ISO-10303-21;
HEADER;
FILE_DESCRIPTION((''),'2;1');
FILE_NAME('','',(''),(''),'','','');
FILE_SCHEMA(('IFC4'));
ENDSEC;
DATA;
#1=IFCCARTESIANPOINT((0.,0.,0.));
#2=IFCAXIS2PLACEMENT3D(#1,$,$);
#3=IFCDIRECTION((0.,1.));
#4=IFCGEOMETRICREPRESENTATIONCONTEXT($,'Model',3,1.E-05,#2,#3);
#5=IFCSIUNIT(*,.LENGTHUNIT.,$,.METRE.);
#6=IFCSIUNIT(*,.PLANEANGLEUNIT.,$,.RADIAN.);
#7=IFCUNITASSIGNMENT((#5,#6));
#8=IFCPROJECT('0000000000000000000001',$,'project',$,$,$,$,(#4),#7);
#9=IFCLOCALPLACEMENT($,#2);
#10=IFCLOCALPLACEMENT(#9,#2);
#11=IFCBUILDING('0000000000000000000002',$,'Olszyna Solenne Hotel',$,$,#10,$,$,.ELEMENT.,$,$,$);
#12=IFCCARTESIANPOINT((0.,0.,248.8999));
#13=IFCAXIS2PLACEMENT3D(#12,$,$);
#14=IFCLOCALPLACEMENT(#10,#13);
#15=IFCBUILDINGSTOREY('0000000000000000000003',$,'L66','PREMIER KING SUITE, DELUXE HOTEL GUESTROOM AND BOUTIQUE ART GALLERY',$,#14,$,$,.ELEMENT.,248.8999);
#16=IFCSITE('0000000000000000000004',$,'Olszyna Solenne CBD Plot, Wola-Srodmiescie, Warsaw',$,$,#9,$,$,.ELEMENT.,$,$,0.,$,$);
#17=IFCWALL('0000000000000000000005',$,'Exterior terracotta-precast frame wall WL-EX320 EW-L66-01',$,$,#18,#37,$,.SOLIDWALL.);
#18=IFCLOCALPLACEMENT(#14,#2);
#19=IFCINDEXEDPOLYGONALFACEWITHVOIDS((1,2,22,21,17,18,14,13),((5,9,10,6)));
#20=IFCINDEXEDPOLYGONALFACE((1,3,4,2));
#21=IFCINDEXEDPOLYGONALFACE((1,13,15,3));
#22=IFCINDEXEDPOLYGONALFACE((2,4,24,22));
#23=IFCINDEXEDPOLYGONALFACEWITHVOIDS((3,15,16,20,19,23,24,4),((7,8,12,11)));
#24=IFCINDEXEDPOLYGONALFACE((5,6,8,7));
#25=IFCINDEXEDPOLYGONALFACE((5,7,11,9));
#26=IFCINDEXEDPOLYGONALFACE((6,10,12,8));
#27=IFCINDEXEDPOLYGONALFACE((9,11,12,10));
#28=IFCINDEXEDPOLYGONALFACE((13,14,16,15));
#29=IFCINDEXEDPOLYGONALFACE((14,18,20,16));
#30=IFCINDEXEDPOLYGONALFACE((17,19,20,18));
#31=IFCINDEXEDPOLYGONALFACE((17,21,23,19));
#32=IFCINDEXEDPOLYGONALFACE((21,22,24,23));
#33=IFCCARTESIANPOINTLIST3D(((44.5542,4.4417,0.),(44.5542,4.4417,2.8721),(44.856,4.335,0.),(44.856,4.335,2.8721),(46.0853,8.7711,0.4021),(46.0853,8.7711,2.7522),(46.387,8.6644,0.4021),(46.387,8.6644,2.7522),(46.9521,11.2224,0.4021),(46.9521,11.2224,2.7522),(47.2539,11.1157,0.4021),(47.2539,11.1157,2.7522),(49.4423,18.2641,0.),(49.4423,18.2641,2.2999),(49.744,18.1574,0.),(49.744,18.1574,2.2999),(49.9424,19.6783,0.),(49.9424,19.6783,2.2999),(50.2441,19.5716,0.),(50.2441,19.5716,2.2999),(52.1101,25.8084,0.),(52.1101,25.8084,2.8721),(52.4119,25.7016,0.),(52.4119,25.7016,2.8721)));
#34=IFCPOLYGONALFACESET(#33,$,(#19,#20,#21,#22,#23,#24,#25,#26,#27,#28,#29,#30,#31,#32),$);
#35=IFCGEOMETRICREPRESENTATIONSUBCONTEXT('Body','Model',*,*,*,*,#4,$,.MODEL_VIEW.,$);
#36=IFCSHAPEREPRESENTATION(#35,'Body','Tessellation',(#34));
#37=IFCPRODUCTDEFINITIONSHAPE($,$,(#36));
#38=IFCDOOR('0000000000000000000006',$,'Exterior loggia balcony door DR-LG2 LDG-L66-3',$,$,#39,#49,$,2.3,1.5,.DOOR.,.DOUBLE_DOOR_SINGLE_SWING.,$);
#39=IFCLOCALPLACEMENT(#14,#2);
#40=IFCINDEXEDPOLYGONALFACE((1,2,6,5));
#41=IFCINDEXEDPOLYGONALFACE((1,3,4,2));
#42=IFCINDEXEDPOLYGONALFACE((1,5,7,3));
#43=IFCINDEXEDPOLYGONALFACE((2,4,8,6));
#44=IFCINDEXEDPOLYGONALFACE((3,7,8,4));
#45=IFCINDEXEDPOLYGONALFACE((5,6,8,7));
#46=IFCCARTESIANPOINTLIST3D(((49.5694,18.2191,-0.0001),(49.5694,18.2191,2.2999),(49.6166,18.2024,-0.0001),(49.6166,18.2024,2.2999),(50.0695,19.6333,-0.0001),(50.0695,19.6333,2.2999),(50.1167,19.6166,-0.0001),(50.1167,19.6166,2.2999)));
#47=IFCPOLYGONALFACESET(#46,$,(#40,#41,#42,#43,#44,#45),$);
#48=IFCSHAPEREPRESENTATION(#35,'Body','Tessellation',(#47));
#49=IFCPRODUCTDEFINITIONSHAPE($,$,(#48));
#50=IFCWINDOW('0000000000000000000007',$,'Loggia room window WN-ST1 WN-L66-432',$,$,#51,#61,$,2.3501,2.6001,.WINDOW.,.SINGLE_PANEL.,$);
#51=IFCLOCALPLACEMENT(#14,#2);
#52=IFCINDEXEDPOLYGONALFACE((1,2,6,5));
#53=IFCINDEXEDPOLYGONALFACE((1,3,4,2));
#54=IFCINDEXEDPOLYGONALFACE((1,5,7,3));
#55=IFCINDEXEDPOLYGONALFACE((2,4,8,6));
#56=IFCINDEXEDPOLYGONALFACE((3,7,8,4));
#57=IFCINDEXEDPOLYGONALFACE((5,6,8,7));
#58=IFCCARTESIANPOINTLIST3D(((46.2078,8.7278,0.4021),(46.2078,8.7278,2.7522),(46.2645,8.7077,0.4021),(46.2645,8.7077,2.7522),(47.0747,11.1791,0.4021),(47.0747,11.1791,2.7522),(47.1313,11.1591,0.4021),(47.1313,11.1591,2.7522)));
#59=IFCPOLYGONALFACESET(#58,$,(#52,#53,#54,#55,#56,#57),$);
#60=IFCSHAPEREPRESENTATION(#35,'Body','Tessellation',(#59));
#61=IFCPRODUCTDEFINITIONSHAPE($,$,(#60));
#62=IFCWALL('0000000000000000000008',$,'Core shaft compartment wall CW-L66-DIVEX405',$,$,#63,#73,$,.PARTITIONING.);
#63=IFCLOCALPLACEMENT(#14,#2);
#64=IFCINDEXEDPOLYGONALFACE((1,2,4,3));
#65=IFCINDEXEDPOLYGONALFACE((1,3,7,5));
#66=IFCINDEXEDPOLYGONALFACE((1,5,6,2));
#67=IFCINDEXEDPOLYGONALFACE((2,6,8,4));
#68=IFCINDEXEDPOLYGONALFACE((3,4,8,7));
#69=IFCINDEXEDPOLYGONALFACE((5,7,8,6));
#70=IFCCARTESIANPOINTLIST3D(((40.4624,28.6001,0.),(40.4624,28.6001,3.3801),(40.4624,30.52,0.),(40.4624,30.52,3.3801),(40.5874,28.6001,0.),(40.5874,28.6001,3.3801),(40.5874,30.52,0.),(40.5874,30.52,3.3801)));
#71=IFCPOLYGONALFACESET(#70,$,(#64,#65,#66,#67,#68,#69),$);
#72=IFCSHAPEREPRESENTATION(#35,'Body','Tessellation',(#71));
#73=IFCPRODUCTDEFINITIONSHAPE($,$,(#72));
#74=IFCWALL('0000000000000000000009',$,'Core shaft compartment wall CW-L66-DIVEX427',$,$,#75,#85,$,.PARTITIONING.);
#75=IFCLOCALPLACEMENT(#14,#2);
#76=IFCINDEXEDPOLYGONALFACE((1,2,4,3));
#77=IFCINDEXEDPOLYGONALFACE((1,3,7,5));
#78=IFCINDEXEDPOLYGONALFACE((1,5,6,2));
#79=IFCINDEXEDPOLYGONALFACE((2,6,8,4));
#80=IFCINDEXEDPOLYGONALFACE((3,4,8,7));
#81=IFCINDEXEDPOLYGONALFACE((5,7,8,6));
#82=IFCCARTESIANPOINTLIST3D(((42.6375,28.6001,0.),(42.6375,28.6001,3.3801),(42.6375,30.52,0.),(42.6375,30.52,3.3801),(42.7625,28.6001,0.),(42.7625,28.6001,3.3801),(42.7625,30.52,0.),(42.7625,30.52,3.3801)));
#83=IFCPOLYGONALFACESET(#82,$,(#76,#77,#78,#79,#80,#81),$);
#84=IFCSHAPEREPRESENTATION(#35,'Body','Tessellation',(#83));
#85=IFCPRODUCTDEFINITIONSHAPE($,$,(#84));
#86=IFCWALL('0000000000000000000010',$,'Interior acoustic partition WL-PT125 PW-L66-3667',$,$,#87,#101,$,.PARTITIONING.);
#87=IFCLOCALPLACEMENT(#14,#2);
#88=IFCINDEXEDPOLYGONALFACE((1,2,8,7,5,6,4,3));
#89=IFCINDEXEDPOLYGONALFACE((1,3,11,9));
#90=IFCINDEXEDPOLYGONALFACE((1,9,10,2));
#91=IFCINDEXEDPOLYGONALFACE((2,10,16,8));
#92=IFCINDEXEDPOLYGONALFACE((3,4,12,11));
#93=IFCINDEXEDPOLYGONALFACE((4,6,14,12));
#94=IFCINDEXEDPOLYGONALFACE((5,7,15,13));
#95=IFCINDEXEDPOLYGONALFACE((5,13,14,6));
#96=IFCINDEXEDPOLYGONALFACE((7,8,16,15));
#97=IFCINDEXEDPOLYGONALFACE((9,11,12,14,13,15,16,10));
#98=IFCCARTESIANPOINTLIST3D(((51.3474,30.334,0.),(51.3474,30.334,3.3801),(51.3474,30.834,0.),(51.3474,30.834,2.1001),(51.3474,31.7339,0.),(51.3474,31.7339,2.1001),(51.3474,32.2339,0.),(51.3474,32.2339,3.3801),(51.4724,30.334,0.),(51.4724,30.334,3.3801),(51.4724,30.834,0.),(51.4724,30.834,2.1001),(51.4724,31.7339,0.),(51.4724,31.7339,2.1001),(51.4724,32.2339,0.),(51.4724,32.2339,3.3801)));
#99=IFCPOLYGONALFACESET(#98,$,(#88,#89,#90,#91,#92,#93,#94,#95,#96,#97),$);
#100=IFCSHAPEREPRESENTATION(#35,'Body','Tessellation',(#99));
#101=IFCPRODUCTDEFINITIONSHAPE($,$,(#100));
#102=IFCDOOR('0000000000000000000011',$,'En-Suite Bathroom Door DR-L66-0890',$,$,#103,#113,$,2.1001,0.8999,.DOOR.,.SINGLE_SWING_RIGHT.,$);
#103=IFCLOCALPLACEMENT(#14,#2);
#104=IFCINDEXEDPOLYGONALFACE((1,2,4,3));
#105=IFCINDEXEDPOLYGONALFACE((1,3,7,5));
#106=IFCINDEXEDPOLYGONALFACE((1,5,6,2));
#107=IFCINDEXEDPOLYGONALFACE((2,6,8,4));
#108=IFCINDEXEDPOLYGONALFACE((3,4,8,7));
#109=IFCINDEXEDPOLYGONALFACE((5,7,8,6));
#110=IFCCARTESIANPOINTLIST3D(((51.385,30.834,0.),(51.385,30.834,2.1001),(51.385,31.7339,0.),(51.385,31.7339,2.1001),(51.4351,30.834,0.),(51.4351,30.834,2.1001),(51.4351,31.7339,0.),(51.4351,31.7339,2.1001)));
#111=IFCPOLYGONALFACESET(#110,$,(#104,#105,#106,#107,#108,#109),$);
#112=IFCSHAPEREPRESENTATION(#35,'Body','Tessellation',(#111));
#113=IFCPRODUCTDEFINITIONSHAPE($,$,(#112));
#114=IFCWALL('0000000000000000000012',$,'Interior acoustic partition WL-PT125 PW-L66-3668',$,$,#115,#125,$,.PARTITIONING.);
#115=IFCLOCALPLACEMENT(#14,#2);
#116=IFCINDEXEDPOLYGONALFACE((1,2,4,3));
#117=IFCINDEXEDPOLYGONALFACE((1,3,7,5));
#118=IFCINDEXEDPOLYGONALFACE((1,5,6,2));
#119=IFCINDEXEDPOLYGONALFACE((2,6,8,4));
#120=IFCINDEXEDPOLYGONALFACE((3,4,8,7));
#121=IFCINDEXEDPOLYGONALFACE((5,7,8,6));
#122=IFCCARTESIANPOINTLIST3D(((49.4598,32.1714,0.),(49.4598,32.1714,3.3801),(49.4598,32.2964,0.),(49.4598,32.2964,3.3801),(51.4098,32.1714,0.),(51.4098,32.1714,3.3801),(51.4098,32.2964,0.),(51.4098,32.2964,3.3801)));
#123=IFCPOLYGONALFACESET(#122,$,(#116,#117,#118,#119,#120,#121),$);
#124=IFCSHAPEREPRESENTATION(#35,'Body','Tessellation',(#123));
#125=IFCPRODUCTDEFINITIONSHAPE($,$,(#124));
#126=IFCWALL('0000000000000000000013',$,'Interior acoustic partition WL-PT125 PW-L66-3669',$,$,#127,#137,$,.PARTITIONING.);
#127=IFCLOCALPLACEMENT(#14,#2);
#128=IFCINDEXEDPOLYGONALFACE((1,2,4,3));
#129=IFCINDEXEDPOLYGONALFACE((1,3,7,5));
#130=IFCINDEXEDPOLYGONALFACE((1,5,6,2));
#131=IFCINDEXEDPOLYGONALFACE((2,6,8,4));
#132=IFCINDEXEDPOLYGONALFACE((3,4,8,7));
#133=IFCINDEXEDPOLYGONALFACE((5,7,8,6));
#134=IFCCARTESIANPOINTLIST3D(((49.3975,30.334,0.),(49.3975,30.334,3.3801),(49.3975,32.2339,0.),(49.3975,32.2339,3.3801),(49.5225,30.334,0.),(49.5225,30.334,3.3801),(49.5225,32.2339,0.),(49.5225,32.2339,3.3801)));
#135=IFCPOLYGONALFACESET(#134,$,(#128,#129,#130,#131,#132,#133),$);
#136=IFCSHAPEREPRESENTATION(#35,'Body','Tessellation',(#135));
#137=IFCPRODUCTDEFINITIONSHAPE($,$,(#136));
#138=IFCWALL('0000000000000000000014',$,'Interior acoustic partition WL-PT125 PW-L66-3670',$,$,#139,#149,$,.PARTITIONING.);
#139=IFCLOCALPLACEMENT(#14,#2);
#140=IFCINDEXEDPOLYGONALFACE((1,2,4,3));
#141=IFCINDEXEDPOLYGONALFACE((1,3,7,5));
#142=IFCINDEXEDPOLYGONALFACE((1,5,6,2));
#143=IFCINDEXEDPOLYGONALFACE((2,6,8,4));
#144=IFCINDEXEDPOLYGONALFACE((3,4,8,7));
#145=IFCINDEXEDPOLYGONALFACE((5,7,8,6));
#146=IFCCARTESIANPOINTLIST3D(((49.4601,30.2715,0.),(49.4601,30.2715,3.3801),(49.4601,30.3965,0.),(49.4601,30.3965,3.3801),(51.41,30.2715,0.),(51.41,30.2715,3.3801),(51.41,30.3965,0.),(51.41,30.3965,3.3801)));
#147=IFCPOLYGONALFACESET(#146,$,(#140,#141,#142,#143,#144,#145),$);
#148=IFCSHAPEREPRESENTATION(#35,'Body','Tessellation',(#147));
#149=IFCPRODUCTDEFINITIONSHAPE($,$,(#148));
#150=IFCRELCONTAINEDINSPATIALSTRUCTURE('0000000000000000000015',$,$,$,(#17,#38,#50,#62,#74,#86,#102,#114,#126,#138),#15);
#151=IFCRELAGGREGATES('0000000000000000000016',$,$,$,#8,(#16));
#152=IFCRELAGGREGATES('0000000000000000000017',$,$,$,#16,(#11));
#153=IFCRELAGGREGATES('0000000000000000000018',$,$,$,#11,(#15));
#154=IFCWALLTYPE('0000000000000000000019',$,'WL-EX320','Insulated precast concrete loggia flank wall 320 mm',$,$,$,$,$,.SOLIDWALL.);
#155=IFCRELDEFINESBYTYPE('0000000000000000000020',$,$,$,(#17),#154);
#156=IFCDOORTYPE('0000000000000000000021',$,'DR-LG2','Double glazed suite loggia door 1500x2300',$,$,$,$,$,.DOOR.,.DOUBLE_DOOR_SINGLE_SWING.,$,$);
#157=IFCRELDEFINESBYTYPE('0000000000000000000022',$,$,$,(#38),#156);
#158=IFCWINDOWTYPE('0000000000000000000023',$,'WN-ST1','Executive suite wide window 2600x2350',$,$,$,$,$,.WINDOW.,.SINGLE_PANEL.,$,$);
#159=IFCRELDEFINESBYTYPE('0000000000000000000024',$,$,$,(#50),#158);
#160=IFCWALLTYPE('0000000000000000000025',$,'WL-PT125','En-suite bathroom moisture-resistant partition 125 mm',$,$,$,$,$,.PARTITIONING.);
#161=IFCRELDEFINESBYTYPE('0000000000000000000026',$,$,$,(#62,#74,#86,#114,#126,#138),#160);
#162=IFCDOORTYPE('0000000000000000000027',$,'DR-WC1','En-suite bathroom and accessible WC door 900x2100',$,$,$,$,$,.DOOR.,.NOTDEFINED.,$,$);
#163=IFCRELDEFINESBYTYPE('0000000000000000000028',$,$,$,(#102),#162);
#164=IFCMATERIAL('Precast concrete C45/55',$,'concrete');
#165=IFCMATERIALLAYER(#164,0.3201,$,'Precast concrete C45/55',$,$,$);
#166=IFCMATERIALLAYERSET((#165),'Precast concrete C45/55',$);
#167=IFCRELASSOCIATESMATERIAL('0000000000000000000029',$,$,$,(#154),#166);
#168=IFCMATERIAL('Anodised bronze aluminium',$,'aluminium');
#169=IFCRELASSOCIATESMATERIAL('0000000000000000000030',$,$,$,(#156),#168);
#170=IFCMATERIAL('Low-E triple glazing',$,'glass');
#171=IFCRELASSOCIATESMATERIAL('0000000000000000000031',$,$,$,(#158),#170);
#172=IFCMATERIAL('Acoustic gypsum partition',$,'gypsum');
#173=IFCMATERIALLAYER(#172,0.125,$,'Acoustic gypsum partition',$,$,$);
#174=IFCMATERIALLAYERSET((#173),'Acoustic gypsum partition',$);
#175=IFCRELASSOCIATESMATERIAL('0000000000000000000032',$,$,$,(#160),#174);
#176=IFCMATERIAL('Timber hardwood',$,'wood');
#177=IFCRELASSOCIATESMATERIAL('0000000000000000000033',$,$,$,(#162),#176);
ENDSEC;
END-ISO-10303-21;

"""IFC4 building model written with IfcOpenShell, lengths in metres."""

from ifc_helpers import new_model, si_unit, direction, frame, frame_2d, origin, place, context, subcontext, project, spatial, rectangle, extrude, source, transform, mapped, material, layer, layer_set, type_object, type_shapes, element, fill, save


model = new_model("IFC4")

# Units and contexts
model_context = context("Model", 3, precision=1e-05, world=origin(), true_north=direction((0.0, 1.0)))
body_context = subcontext(model_context, "Body", "Model", "MODEL_VIEW")
ifc_project = project(units=[si_unit("LENGTHUNIT", "METRE"), si_unit("PLANEANGLEUNIT", "RADIAN")], contexts=[model_context])

# Site, building, storey
site_placement = place(None, origin())
site = spatial("IfcSite", under=ifc_project, at=site_placement, Name="Olszyna Solenne CBD Plot, Wola-Srodmiescie, Warsaw", CompositionType="ELEMENT", RefElevation=0.0)
building_placement = place(site_placement, origin())
building = spatial("IfcBuilding", under=site, at=building_placement, Name="Olszyna Solenne Hotel", CompositionType="ELEMENT")
storey_placement = place(building_placement, frame((0.0, 0.0, 248.8999)))
storey = spatial("IfcBuildingStorey", under=building, at=storey_placement, Name="L66", Description="PREMIER KING SUITE, DELUXE HOTEL GUESTROOM AND BOUTIQUE ART GALLERY", CompositionType="ELEMENT", Elevation=248.8999)

# Shared definitions
ifc_material_1 = material(Name="Timber hardwood", Category="wood")

# Wall, openings, door, window
ifc_material_2 = material(Name="Precast concrete C45/55", Category="concrete")
ifc_layer_1 = layer(ifc_material_2, 0.3201, Name="Precast concrete C45/55")
ifc_layer_set_1 = layer_set([ifc_layer_1], Name="Precast concrete C45/55")
wall_type_1 = type_object("IfcWallType", Name="WL-EX320", Description="Insulated precast concrete loggia flank wall 320 mm", PredefinedType="SOLIDWALL", material=ifc_layer_set_1)
wall_1_placement = place(storey_placement, frame((52.261, 25.7549, 0.0), z_axis=(0.0, 0.0, 1.0), x_axis=(-0.333398, -0.942786, 0.0)))
wall_1 = element("IfcWall", 1, at=wall_1_placement, inside=storey, type_object=wall_type_1, Name="Exterior terracotta-precast frame wall WL-EX320 EW-L66-01", PredefinedType="SOLIDWALL", context=body_context, shape_type="SweptSolid", body=[
    extrude(rectangle(XDim=22.6633, YDim=0.3201, at=frame_2d((11.3315, 0.0))), origin(), (0.0, 0.0, 1.0), 2.8721),
])
opening_1_placement = place(wall_1_placement, frame((6.502, 0.0, 0.0)))
opening_1 = element("IfcOpeningElement", 2, at=opening_1_placement, cuts=wall_1, PredefinedType="OPENING", context=body_context, shape_type="SweptSolid", body=[
    extrude(rectangle(XDim=1.5, YDim=2.3, at=frame_2d((0.75, 1.1499))), frame((0.0, 0.1699, 0.0), z_axis=(0.0, -1.0, 0.0), x_axis=(1.0, 0.0, 0.0)), (0.0, 0.0, 1.0), 0.3401),
])
opening_2_placement = place(wall_1_placement, frame((15.4709, 0.0, 0.4021)))
opening_2 = element("IfcOpeningElement", 3, at=opening_2_placement, cuts=wall_1, PredefinedType="OPENING", context=body_context, shape_type="SweptSolid", body=[
    extrude(rectangle(XDim=2.6001, YDim=2.3501, at=frame_2d((1.3, 1.175))), frame((0.0, 0.1699, 0.0), z_axis=(0.0, -1.0, 0.0), x_axis=(1.0, 0.0, 0.0)), (0.0, 0.0, 1.0), 0.3401),
])
ifc_material_3 = material(Name="Anodised bronze aluminium", Category="aluminium")
door_type_1 = type_object("IfcDoorType", Name="DR-LG2", Description="Double glazed suite loggia door 1500x2300", OperationType="DOUBLE_DOOR_SINGLE_SWING", PredefinedType="DOOR", material=ifc_material_3)
shared_shape_1 = source(origin(), body_context, "Body", "SweptSolid", [
    extrude(rectangle(XDim=1.5, YDim=2.3, at=frame_2d((0.75, 1.1499))), frame((0.0, 0.0249, 0.0), z_axis=(0.0, -1.0, 0.0), x_axis=(1.0, 0.0, 0.0)), (0.0, 0.0, 1.0), 0.05),
])
type_shapes(door_type_1, [shared_shape_1])
door_1_placement = place(opening_1_placement, origin())
door_1 = element("IfcDoor", 4, at=door_1_placement, inside=storey, type_object=door_type_1, Name="Exterior loggia balcony door DR-LG2 LDG-L66-3", OperationType="DOUBLE_DOOR_SINGLE_SWING", OverallHeight=2.3, OverallWidth=1.5, PredefinedType="DOOR", context=body_context, shape_type="MappedRepresentation", body=[
    mapped(shared_shape_1, transform((0.0, 0.0, 0.0), x_axis=(1.0, 0.0, 0.0), y_axis=(0.0, 1.0, 0.0), z_axis=(0.0, 0.0, 1.0), scale=1.0)),
])
fill(opening_1, door_1)
ifc_material_4 = material(Name="Low-E triple glazing", Category="glass")
window_type = type_object("IfcWindowType", Name="WN-ST1", Description="Executive suite wide window 2600x2350", PartitioningType="SINGLE_PANEL", PredefinedType="WINDOW", material=ifc_material_4)
shared_shape_2 = source(origin(), body_context, "Body", "SweptSolid", [
    extrude(rectangle(XDim=2.6001, YDim=2.3501, at=frame_2d((1.3, 1.175))), frame((0.0, 0.03, 0.0), z_axis=(0.0, -1.0, 0.0), x_axis=(1.0, 0.0, 0.0)), (0.0, 0.0, 1.0), 0.0601),
])
type_shapes(window_type, [shared_shape_2])
window_placement = place(opening_2_placement, origin())
window = element("IfcWindow", 5, at=window_placement, inside=storey, type_object=window_type, Name="Loggia room window WN-ST1 WN-L66-432", OverallHeight=2.3501, OverallWidth=2.6001, PartitioningType="SINGLE_PANEL", PredefinedType="WINDOW", context=body_context, shape_type="MappedRepresentation", body=[
    mapped(shared_shape_2, transform((0.0, 0.0, 0.0), x_axis=(1.0, 0.0, 0.0), y_axis=(0.0, 1.0, 0.0), z_axis=(0.0, 0.0, 1.0), scale=1.0)),
])
fill(opening_2, window)

# Walls
ifc_material_5 = material(Name="Acoustic gypsum partition", Category="gypsum")
ifc_layer_2 = layer(ifc_material_5, 0.125, Name="Acoustic gypsum partition")
ifc_layer_set_2 = layer_set([ifc_layer_2], Name="Acoustic gypsum partition")
wall_type_2 = type_object("IfcWallType", Name="WL-PT125", Description="En-suite bathroom moisture-resistant partition 125 mm", PredefinedType="PARTITIONING", material=ifc_layer_set_2)
for number, where, z_axis, x_axis, name in (
    (6, (40.5249, 28.6001, 0.0), (0.0, 0.0, 1.0), (0.0, 1.0, 0.0), "Core shaft compartment wall CW-L66-DIVEX405"),
    (7, (42.7, 28.6001, 0.0), (0.0, 0.0, 1.0), (0.0, 1.0, 0.0), "Core shaft compartment wall CW-L66-DIVEX427"),
):
    element("IfcWall", number, at=place(storey_placement, frame(where, z_axis=z_axis, x_axis=x_axis)), inside=storey, type_object=wall_type_2, Name=name, PredefinedType="PARTITIONING", context=body_context, shape_type="SweptSolid", body=[
        extrude(rectangle(XDim=1.9199, YDim=0.125, at=frame_2d((0.96, 0.0))), origin(), (0.0, 0.0, 1.0), 3.3801),
    ])

# Wall, opening, door
wall_2_placement = place(storey_placement, frame((51.4099, 30.334, 0.0), z_axis=(0.0, 0.0, 1.0), x_axis=(0.0, 1.0, 0.0)))
wall_2 = element("IfcWall", 8, at=wall_2_placement, inside=storey, type_object=wall_type_2, Name="Interior acoustic partition WL-PT125 PW-L66-3667", PredefinedType="PARTITIONING", context=body_context, shape_type="SweptSolid", body=[
    extrude(rectangle(XDim=1.8999, YDim=0.125, at=frame_2d((0.95, 0.0))), origin(), (0.0, 0.0, 1.0), 3.3801),
])
opening_3_placement = place(wall_2_placement, frame((0.5, 0.0, 0.0)))
opening_3 = element("IfcOpeningElement", 9, at=opening_3_placement, cuts=wall_2, PredefinedType="OPENING", context=body_context, shape_type="SweptSolid", body=[
    extrude(rectangle(XDim=0.8999, YDim=2.1001, at=frame_2d((0.45, 1.05))), frame((0.0, 0.0725, 0.0), z_axis=(0.0, -1.0, 0.0), x_axis=(1.0, 0.0, 0.0)), (0.0, 0.0, 1.0), 0.145),
])
door_type_2 = type_object("IfcDoorType", Name="DR-WC1", Description="En-suite bathroom and accessible WC door 900x2100", OperationType="NOTDEFINED", PredefinedType="DOOR", material=ifc_material_1)
shared_shape_3 = source(origin(), body_context, "Body", "SweptSolid", [
    extrude(rectangle(XDim=0.8999, YDim=2.1001, at=frame_2d((0.45, 1.05))), frame((0.0, 0.0249, 0.0), z_axis=(0.0, -1.0, 0.0), x_axis=(1.0, 0.0, 0.0)), (0.0, 0.0, 1.0), 0.05),
])
type_shapes(door_type_2, [shared_shape_3])
door_2_placement = place(opening_3_placement, origin())
door_2 = element("IfcDoor", 10, at=door_2_placement, inside=storey, type_object=door_type_2, Name="En-Suite Bathroom Door DR-L66-0890", OperationType="SINGLE_SWING_RIGHT", OverallHeight=2.1001, OverallWidth=0.8999, PredefinedType="DOOR", context=body_context, shape_type="MappedRepresentation", body=[
    mapped(shared_shape_3, transform((0.0, 0.0, 0.0), x_axis=(1.0, 0.0, 0.0), y_axis=(0.0, 1.0, 0.0), z_axis=(0.0, 0.0, 1.0), scale=1.0)),
])
fill(opening_3, door_2)

# Walls
wall_3_placement = place(storey_placement, frame((51.4099, 32.2339, 0.0), z_axis=(0.0, 0.0, 1.0), x_axis=(-1.0, 0.0, 0.0)))
element("IfcWall", 11, at=wall_3_placement, inside=storey, type_object=wall_type_2, Name="Interior acoustic partition WL-PT125 PW-L66-3668", PredefinedType="PARTITIONING", context=body_context, shape_type="SweptSolid", body=[
    extrude(rectangle(XDim=1.95, YDim=0.125, at=frame_2d((0.9751, 0.0))), origin(), (0.0, 0.0, 1.0), 3.3801),
])
wall_4_placement = place(storey_placement, frame((49.46, 32.2339, 0.0), z_axis=(0.0, 0.0, 1.0), x_axis=(0.0, -1.0, 0.0)))
element("IfcWall", 12, at=wall_4_placement, inside=storey, type_object=wall_type_2, Name="Interior acoustic partition WL-PT125 PW-L66-3669", PredefinedType="PARTITIONING", context=body_context, shape_type="SweptSolid", body=[
    extrude(rectangle(XDim=1.8999, YDim=0.125, at=frame_2d((0.95, 0.0))), origin(), (0.0, 0.0, 1.0), 3.3801),
])
wall_5_placement = place(storey_placement, frame((49.46, 30.334, 0.0), z_axis=(0.0, 0.0, 1.0), x_axis=(1.0, 0.0, 0.0)))
element("IfcWall", 13, at=wall_5_placement, inside=storey, type_object=wall_type_2, Name="Interior acoustic partition WL-PT125 PW-L66-3670", PredefinedType="PARTITIONING", context=body_context, shape_type="SweptSolid", body=[
    extrude(rectangle(XDim=1.95, YDim=0.125, at=frame_2d((0.9751, 0.0))), origin(), (0.0, 0.0, 1.0), 3.3801),
])

save(model, "model.ifc")
